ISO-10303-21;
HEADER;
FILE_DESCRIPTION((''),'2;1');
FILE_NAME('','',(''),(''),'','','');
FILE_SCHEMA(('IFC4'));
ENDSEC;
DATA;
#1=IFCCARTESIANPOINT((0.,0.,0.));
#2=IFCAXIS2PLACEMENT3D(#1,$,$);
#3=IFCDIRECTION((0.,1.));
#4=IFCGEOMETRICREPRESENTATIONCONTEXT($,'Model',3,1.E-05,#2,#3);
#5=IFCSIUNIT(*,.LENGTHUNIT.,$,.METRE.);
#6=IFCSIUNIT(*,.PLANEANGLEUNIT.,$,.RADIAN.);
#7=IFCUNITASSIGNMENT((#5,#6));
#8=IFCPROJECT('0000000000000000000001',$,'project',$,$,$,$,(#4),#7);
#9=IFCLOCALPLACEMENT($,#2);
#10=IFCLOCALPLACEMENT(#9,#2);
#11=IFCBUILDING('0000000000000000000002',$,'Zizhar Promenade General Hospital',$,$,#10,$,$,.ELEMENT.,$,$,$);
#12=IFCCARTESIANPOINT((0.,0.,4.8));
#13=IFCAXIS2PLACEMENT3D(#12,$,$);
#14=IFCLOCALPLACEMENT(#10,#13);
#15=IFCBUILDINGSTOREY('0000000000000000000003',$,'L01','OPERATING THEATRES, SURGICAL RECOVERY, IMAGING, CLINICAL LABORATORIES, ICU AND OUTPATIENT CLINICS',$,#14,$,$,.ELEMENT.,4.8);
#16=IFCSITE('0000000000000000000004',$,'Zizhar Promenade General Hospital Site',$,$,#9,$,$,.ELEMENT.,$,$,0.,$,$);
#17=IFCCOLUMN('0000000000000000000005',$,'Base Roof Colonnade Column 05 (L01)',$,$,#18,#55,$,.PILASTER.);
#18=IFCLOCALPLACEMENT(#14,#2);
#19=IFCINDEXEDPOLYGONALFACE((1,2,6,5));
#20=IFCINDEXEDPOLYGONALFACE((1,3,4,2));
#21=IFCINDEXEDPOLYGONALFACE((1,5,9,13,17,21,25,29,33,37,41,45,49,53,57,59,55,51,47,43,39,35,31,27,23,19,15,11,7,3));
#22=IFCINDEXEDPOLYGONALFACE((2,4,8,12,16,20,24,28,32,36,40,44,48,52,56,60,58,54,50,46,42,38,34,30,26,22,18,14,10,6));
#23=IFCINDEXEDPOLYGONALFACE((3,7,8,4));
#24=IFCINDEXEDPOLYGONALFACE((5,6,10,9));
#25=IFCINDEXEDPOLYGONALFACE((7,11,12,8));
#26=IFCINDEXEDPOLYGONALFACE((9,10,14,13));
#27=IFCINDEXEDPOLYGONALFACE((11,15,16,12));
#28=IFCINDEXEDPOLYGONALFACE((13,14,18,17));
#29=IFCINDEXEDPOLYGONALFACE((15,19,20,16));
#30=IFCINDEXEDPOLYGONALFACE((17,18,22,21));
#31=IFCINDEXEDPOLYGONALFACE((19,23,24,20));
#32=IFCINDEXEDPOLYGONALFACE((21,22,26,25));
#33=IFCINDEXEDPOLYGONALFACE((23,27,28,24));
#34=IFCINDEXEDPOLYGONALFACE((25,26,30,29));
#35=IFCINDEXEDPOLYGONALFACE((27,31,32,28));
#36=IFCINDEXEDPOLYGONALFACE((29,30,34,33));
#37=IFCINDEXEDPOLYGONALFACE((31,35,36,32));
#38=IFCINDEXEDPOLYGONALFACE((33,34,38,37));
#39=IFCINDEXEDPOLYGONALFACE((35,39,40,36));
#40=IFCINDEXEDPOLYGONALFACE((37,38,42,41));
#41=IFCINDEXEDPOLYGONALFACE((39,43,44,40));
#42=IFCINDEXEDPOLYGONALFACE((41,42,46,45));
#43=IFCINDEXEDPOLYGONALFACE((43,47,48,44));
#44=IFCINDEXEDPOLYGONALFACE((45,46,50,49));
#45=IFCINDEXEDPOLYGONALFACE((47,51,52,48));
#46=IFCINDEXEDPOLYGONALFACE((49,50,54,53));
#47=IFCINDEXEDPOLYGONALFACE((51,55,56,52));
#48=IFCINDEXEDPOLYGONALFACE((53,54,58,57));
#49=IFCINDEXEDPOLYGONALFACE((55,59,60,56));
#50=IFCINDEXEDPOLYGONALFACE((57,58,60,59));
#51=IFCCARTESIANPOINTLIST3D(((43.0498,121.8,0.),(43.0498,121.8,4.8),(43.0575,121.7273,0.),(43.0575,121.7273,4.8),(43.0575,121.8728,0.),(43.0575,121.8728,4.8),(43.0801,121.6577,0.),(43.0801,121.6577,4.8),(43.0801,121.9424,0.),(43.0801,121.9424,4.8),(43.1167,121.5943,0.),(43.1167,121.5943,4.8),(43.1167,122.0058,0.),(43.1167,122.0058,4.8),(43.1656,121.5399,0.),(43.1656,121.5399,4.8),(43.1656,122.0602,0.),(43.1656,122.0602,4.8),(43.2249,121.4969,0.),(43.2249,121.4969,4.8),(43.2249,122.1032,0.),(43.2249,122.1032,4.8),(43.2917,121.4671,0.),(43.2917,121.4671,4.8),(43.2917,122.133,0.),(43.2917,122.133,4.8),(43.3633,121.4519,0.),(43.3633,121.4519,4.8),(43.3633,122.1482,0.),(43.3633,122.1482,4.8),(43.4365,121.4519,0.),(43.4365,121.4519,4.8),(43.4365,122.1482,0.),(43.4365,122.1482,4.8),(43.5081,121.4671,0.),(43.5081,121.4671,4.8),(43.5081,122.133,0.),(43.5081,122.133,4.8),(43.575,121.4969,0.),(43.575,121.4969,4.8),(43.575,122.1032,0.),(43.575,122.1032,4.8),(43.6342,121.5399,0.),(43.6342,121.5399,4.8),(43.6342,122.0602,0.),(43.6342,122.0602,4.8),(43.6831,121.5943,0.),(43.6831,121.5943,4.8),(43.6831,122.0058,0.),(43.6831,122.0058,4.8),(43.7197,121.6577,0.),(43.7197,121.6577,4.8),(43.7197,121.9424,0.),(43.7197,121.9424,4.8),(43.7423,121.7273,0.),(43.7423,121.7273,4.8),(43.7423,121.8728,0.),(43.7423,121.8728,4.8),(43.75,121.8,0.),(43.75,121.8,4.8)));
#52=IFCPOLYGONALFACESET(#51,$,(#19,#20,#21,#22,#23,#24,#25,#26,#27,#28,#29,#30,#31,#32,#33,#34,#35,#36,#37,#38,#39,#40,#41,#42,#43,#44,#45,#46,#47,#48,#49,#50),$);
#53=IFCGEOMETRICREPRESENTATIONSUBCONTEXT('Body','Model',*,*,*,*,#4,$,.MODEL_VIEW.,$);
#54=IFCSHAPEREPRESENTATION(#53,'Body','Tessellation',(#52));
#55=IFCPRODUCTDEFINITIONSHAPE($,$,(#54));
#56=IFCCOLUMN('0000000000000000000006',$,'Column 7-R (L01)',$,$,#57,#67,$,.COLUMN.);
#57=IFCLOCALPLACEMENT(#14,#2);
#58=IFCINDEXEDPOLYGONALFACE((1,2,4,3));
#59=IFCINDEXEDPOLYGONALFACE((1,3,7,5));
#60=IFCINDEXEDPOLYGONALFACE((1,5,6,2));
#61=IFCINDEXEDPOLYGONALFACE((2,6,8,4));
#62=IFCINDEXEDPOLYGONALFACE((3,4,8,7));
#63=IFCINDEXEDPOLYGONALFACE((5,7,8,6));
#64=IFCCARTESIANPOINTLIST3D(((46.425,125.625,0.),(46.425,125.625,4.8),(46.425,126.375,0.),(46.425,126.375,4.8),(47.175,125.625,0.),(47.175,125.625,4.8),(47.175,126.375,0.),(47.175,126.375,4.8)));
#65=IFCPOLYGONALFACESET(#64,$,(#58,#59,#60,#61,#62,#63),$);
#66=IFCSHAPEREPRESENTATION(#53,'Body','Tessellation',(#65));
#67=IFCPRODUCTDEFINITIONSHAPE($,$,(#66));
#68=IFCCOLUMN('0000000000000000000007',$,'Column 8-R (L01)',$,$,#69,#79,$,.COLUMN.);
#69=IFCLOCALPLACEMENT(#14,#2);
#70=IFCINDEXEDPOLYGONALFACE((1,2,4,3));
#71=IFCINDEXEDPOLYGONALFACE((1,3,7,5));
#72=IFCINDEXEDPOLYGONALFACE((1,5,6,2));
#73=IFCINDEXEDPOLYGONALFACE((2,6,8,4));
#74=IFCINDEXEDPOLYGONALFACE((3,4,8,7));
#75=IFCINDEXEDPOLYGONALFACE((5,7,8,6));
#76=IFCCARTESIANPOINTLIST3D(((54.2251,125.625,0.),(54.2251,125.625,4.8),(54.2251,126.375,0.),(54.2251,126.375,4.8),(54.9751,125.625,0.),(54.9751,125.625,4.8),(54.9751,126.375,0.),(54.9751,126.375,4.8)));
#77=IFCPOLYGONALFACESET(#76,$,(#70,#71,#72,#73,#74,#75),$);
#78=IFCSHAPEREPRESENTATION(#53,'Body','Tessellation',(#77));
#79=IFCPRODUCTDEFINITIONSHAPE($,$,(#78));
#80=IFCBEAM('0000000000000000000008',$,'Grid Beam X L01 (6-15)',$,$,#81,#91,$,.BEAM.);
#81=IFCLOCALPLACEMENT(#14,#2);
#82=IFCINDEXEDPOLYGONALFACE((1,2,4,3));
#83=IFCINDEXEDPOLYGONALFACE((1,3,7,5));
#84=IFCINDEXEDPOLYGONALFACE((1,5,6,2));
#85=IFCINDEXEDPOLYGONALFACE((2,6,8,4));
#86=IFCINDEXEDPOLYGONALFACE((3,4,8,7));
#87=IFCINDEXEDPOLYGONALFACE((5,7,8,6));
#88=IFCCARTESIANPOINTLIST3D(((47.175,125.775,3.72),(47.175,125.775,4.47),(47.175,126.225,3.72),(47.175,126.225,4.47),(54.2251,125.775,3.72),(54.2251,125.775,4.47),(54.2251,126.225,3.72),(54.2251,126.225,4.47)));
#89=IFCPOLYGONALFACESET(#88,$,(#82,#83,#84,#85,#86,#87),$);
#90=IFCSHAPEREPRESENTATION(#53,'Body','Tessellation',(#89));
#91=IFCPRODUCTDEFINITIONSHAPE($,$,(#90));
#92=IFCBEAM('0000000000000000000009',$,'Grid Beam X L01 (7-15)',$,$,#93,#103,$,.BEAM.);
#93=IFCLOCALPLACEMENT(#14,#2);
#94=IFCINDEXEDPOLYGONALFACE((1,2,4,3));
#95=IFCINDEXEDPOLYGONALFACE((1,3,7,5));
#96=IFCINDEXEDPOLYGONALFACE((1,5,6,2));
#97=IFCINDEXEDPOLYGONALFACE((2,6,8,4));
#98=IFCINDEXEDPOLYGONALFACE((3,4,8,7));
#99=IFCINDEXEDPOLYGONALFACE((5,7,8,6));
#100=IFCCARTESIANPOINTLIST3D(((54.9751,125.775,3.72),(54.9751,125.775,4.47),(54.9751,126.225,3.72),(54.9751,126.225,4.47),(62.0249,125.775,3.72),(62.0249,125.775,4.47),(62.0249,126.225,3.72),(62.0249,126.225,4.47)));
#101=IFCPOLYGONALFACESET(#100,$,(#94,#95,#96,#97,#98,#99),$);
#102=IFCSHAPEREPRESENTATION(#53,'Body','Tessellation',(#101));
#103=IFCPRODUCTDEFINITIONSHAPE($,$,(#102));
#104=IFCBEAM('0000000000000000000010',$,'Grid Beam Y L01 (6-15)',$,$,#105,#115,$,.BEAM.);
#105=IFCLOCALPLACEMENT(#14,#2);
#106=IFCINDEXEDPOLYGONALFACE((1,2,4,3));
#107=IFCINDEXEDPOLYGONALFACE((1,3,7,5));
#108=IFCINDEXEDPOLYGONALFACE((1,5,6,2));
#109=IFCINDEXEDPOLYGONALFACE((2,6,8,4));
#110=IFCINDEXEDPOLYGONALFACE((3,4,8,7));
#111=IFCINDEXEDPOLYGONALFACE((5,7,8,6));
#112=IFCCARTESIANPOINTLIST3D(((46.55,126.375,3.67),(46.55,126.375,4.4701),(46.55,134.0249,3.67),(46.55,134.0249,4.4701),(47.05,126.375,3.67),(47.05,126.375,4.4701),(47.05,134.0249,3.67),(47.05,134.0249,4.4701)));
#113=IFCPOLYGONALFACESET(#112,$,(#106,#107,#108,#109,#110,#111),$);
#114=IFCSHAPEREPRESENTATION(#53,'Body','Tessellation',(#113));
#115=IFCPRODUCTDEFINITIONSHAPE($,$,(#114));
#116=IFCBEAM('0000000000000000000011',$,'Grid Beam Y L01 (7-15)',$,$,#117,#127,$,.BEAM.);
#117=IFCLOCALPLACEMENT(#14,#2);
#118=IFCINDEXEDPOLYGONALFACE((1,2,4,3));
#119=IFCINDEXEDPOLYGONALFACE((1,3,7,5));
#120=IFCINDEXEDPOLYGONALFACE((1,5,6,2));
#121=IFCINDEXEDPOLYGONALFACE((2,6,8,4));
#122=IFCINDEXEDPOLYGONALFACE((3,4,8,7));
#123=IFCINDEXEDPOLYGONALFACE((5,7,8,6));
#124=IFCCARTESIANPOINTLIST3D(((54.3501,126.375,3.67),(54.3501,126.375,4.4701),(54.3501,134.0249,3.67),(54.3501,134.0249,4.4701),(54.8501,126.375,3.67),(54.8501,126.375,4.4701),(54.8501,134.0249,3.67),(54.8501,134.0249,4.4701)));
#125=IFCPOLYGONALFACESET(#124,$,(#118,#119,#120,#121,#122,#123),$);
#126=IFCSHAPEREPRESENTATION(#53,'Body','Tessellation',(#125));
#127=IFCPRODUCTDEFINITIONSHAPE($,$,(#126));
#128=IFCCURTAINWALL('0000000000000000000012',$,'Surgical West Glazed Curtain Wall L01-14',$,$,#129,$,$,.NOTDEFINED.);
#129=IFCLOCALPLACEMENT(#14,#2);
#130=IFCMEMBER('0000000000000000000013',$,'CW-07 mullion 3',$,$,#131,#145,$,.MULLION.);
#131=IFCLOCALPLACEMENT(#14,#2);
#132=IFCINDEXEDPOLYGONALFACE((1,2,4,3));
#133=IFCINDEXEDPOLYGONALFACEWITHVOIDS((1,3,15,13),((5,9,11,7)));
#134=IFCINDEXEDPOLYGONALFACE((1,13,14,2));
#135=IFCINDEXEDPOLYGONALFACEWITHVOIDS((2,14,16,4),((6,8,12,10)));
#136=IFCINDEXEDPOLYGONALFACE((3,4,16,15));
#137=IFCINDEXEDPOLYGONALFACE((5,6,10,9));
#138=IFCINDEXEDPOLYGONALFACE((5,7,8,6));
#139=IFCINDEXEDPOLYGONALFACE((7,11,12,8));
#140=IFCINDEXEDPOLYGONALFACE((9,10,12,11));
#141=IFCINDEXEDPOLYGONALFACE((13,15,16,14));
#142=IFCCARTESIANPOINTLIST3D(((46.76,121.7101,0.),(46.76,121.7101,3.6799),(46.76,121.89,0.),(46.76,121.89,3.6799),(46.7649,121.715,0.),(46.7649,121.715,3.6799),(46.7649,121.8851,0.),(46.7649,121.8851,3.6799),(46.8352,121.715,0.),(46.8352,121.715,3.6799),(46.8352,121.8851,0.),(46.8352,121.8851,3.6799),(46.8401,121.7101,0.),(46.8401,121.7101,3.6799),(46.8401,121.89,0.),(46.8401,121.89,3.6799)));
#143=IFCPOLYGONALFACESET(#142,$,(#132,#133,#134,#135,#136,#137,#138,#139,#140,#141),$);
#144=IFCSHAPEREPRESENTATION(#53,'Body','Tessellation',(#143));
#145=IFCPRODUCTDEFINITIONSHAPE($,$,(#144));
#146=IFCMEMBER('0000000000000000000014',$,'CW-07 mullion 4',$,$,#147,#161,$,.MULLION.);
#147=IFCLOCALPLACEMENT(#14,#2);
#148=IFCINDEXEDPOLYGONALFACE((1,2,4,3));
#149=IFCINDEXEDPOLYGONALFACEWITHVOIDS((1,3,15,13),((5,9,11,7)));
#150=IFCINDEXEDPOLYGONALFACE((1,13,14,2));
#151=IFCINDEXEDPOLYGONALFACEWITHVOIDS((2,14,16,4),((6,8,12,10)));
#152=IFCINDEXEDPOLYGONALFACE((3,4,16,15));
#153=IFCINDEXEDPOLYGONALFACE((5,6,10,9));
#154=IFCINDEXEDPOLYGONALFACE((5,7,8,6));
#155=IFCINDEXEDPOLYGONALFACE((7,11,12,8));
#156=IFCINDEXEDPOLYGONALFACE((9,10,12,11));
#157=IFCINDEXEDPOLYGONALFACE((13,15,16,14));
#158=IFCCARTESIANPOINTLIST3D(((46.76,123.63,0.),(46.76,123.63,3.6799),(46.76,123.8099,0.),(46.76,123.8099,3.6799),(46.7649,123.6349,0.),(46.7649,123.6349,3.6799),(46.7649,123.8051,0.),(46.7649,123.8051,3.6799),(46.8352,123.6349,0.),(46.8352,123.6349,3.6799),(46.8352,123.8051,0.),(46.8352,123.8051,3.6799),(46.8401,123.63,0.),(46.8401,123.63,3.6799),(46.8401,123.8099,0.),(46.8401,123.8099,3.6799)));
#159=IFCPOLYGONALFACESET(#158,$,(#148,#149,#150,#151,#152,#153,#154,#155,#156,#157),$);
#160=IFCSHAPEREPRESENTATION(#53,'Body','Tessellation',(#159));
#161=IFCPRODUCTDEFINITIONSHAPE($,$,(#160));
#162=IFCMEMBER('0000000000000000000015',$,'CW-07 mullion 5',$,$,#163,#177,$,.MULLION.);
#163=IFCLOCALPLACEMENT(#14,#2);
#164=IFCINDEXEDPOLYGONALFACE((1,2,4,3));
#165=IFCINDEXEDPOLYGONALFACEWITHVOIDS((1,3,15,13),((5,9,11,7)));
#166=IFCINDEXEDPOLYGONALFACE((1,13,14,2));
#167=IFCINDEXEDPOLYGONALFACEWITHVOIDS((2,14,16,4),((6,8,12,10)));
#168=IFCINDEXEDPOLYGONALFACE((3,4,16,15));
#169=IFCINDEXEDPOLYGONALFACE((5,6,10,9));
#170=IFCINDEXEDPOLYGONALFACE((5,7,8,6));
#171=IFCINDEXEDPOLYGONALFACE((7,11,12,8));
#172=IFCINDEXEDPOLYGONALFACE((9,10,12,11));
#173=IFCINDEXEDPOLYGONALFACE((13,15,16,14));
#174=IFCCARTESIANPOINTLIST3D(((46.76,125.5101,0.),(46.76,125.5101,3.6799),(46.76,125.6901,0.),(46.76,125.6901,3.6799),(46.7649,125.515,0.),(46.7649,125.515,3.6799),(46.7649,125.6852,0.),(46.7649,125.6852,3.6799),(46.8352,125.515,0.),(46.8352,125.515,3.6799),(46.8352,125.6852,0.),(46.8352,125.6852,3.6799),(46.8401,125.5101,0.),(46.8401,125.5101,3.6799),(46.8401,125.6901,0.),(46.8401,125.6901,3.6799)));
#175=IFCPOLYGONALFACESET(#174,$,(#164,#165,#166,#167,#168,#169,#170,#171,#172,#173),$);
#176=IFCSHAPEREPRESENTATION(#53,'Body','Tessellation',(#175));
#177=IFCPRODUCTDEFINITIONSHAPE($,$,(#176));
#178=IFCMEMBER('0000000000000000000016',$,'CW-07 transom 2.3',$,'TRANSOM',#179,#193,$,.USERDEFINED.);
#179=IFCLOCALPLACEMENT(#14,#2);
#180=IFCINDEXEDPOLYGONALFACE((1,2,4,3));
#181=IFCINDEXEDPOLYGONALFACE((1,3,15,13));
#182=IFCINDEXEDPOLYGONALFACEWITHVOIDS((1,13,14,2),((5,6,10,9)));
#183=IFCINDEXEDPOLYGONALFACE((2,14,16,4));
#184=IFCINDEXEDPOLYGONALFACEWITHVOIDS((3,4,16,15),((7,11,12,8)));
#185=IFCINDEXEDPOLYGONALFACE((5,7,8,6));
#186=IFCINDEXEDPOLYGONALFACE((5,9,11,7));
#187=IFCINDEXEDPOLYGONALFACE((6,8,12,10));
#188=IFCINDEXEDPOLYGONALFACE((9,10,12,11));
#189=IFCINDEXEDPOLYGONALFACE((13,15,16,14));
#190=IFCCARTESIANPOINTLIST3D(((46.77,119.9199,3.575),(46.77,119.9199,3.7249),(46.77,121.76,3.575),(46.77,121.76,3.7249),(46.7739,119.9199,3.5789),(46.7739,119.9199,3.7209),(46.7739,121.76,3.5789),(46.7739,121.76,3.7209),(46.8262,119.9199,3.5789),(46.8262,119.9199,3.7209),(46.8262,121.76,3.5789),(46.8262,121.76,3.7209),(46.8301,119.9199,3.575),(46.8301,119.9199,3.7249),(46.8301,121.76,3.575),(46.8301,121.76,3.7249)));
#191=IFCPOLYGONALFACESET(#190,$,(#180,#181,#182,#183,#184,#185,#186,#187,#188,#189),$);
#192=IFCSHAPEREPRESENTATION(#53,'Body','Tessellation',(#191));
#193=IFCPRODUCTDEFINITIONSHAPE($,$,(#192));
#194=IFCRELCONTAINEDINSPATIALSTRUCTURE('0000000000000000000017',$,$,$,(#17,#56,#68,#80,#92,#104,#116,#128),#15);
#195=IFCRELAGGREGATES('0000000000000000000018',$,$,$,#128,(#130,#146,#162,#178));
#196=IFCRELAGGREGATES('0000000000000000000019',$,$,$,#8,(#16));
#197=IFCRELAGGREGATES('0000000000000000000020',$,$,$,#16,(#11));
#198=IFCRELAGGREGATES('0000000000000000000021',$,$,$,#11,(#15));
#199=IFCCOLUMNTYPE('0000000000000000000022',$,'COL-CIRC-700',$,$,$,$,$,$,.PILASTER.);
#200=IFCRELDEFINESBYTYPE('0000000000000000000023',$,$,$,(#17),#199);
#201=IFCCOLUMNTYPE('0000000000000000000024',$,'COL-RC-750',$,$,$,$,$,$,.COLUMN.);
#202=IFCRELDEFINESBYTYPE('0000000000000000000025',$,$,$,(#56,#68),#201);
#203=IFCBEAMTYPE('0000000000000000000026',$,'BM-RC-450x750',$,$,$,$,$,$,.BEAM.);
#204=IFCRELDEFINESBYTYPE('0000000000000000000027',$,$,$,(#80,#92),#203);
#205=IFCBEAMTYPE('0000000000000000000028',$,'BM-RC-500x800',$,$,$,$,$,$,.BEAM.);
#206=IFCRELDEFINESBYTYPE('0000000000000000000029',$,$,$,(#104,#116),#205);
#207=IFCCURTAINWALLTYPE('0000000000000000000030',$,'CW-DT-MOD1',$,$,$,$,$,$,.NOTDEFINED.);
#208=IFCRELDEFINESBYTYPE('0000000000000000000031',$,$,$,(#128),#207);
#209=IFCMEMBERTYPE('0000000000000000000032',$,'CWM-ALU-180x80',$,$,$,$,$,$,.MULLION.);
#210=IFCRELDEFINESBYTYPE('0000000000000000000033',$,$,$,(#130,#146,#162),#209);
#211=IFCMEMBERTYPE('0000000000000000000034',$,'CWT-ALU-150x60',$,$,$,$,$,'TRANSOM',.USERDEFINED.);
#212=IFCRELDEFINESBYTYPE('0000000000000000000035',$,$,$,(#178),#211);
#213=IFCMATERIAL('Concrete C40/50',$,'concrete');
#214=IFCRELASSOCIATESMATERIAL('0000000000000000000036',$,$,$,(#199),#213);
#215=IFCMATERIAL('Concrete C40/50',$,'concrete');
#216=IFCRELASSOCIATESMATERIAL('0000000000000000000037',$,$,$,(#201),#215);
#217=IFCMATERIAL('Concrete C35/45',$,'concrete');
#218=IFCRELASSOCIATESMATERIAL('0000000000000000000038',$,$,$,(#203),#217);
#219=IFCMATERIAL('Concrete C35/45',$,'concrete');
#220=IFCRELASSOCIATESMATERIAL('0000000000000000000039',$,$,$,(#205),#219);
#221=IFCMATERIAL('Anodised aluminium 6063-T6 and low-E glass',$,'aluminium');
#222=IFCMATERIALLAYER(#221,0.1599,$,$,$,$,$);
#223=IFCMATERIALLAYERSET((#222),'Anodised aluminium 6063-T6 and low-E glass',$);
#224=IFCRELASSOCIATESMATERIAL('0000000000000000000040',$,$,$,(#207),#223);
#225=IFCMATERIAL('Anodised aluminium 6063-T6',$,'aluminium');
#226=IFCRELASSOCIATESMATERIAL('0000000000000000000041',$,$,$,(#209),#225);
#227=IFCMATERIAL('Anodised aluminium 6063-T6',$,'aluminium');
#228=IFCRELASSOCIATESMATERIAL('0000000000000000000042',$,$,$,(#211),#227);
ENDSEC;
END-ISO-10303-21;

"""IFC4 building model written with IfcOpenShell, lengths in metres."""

from ifc_helpers import new_model, si_unit, direction, frame, origin, origin_2d, place, context, subcontext, project, spatial, rectangle, hollow_rectangle, circle, extrude, material, layer, layer_set, material_profile, profile_set, type_object, element, aggregate, save


model = new_model("IFC4")

# Units and contexts
model_context = context("Model", 3, precision=1e-05, world=origin(), true_north=direction((0.0, 1.0)))
body_context = subcontext(model_context, "Body", "Model", "MODEL_VIEW")
ifc_project = project(units=[si_unit("LENGTHUNIT", "METRE"), si_unit("PLANEANGLEUNIT", "RADIAN")], contexts=[model_context])

# Site, building, storey
site_placement = place(None, origin())
site = spatial("IfcSite", under=ifc_project, at=site_placement, Name="Zizhar Promenade General Hospital Site", CompositionType="ELEMENT", RefElevation=0.0)
building_placement = place(site_placement, origin())
building = spatial("IfcBuilding", under=site, at=building_placement, Name="Zizhar Promenade General Hospital", CompositionType="ELEMENT")
storey_placement = place(building_placement, frame((0.0, 0.0, 4.8)))
storey = spatial("IfcBuildingStorey", under=building, at=storey_placement, Name="L01", Description="OPERATING THEATRES, SURGICAL RECOVERY, IMAGING, CLINICAL LABORATORIES, ICU AND OUTPATIENT CLINICS", CompositionType="ELEMENT", Elevation=4.8)

# Columns
ifc_material_1 = material(Name="Concrete C40/50", Category="concrete")
ifc_material_profile_1 = material_profile(ifc_material_1, circle(Radius=0.3501, at=origin_2d()))
ifc_profile_set_1 = profile_set([ifc_material_profile_1], Name="Concrete C40/50")
column_type_1 = type_object("IfcColumnType", Name="COL-CIRC-700", PredefinedType="PILASTER", material=ifc_profile_set_1)
column_placement = place(storey_placement, frame((43.3999, 121.8, 0.0), z_axis=(0.0, 0.0, 1.0), x_axis=(1.0, 0.0, 0.0)))
element("IfcColumn", 1, at=column_placement, inside=storey, type_object=column_type_1, Name="Base Roof Colonnade Column 05 (L01)", PredefinedType="PILASTER", context=body_context, shape_type="SweptSolid", body=[
    extrude(circle(Radius=0.3501, at=origin_2d()), origin(), (0.0, 0.0, 1.0), 4.8),
])
ifc_material_2 = material(Name="Concrete C40/50", Category="concrete")
ifc_material_profile_2 = material_profile(ifc_material_2, rectangle(XDim=0.75, YDim=0.75, at=origin_2d()))
ifc_profile_set_2 = profile_set([ifc_material_profile_2], Name="Concrete C40/50")
column_type_2 = type_object("IfcColumnType", Name="COL-RC-750", PredefinedType="COLUMN", material=ifc_profile_set_2)
for number, where, z_axis, x_axis, name in (
    (2, (46.8, 126.0, 0.0), (0.0, 0.0, 1.0), (1.0, 0.0, 0.0), "Column 7-R (L01)"),
    (3, (54.6001, 126.0, 0.0), (0.0, 0.0, 1.0), (1.0, 0.0, 0.0), "Column 8-R (L01)"),
):
    element("IfcColumn", number, at=place(storey_placement, frame(where, z_axis=z_axis, x_axis=x_axis)), inside=storey, type_object=column_type_2, Name=name, PredefinedType="COLUMN", context=body_context, shape_type="SweptSolid", body=[
        extrude(rectangle(XDim=0.75, YDim=0.75, at=origin_2d()), origin(), (0.0, 0.0, 1.0), 4.8),
    ])

# Beams
ifc_material_3 = material(Name="Concrete C35/45", Category="concrete")
ifc_material_profile_3 = material_profile(ifc_material_3, rectangle(XDim=0.45, YDim=0.75, at=origin_2d()))
ifc_profile_set_3 = profile_set([ifc_material_profile_3], Name="Concrete C35/45")
beam_type_1 = type_object("IfcBeamType", Name="BM-RC-450x750", PredefinedType="BEAM", material=ifc_profile_set_3)
beam_1_placement = place(storey_placement, frame((47.175, 126.0, 4.095), z_axis=(1.0, 0.0, 0.0), x_axis=(0.0, 1.0, 0.0)))
element("IfcBeam", 4, at=beam_1_placement, inside=storey, type_object=beam_type_1, Name="Grid Beam X L01 (6-15)", PredefinedType="BEAM", context=body_context, shape_type="SweptSolid", body=[
    extrude(rectangle(XDim=0.45, YDim=0.75, at=origin_2d()), origin(), (0.0, 0.0, 1.0), 7.05),
])
beam_2_placement = place(storey_placement, frame((54.9751, 126.0, 4.095), z_axis=(1.0, 0.0, 0.0), x_axis=(0.0, 1.0, 0.0)))
element("IfcBeam", 5, at=beam_2_placement, inside=storey, type_object=beam_type_1, Name="Grid Beam X L01 (7-15)", PredefinedType="BEAM", context=body_context, shape_type="SweptSolid", body=[
    extrude(rectangle(XDim=0.45, YDim=0.75, at=origin_2d()), origin(), (0.0, 0.0, 1.0), 7.0498),
])
ifc_material_4 = material(Name="Concrete C35/45", Category="concrete")
ifc_material_profile_4 = material_profile(ifc_material_4, rectangle(XDim=0.5, YDim=0.8, at=origin_2d()))
ifc_profile_set_4 = profile_set([ifc_material_profile_4], Name="Concrete C35/45")
beam_type_2 = type_object("IfcBeamType", Name="BM-RC-500x800", PredefinedType="BEAM", material=ifc_profile_set_4)
for number, where, z_axis, x_axis, name in (
    (6, (46.8, 126.375, 4.0701), (0.0, 1.0, 0.0), (-1.0, 0.0, 0.0), "Grid Beam Y L01 (6-15)"),
    (7, (54.6001, 126.375, 4.0701), (0.0, 1.0, 0.0), (-1.0, 0.0, 0.0), "Grid Beam Y L01 (7-15)"),
):
    element("IfcBeam", number, at=place(storey_placement, frame(where, z_axis=z_axis, x_axis=x_axis)), inside=storey, type_object=beam_type_2, Name=name, PredefinedType="BEAM", context=body_context, shape_type="SweptSolid", body=[
        extrude(rectangle(XDim=0.5, YDim=0.8, at=origin_2d()), origin(), (0.0, 0.0, 1.0), 7.6499),
    ])

# Curtain wall, members
ifc_material_5 = material(Name="Anodised aluminium 6063-T6 and low-E glass", Category="aluminium")
ifc_layer_1 = layer(ifc_material_5, 0.1599)
ifc_layer_set_1 = layer_set([ifc_layer_1], Name="Anodised aluminium 6063-T6 and low-E glass")
curtain_wall_type = type_object("IfcCurtainWallType", Name="CW-DT-MOD1", PredefinedType="NOTDEFINED", material=ifc_layer_set_1)
curtain_wall_placement = place(storey_placement, origin())
curtain_wall = element("IfcCurtainWall", 8, at=curtain_wall_placement, inside=storey, type_object=curtain_wall_type, Name="Surgical West Glazed Curtain Wall L01-14", PredefinedType="NOTDEFINED")
ifc_material_6 = material(Name="Anodised aluminium 6063-T6", Category="aluminium")
ifc_material_profile_5 = material_profile(ifc_material_6, hollow_rectangle(XDim=0.0801, YDim=0.1799, WallThickness=0.0049, at=origin_2d()))
ifc_profile_set_5 = profile_set([ifc_material_profile_5], Name="Anodised aluminium 6063-T6")
member_type_1 = type_object("IfcMemberType", Name="CWM-ALU-180x80", PredefinedType="MULLION", material=ifc_profile_set_5)
member_1_placement = place(storey_placement, frame((46.8, 121.8, 0.0), z_axis=(0.0, 0.0, 1.0), x_axis=(-1.0, 0.0, 0.0)))
member_1 = element("IfcMember", 9, at=member_1_placement, type_object=member_type_1, Name="CW-07 mullion 3", PredefinedType="MULLION", context=body_context, shape_type="SweptSolid", body=[
    extrude(hollow_rectangle(XDim=0.0801, YDim=0.1799, WallThickness=0.0049, at=origin_2d()), origin(), (0.0, 0.0, 1.0), 3.6799),
])
member_2_placement = place(storey_placement, frame((46.8, 123.72, 0.0), z_axis=(0.0, 0.0, 1.0), x_axis=(-1.0, 0.0, 0.0)))
member_2 = element("IfcMember", 10, at=member_2_placement, type_object=member_type_1, Name="CW-07 mullion 4", PredefinedType="MULLION", context=body_context, shape_type="SweptSolid", body=[
    extrude(hollow_rectangle(XDim=0.0801, YDim=0.1799, WallThickness=0.0049, at=origin_2d()), origin(), (0.0, 0.0, 1.0), 3.6799),
])
member_3_placement = place(storey_placement, frame((46.8, 125.6001, 0.0), z_axis=(0.0, 0.0, 1.0), x_axis=(-1.0, 0.0, 0.0)))
member_3 = element("IfcMember", 11, at=member_3_placement, type_object=member_type_1, Name="CW-07 mullion 5", PredefinedType="MULLION", context=body_context, shape_type="SweptSolid", body=[
    extrude(hollow_rectangle(XDim=0.0801, YDim=0.1799, WallThickness=0.0049, at=origin_2d()), origin(), (0.0, 0.0, 1.0), 3.6799),
])
ifc_material_7 = material(Name="Anodised aluminium 6063-T6", Category="aluminium")
ifc_material_profile_6 = material_profile(ifc_material_7, hollow_rectangle(XDim=0.0601, YDim=0.1499, WallThickness=0.0039, at=origin_2d()))
ifc_profile_set_6 = profile_set([ifc_material_profile_6], Name="Anodised aluminium 6063-T6")
member_type_2 = type_object("IfcMemberType", Name="CWT-ALU-150x60", ElementType="TRANSOM", PredefinedType="USERDEFINED", material=ifc_profile_set_6)
member_4_placement = place(storey_placement, frame((46.8, 119.9199, 3.6499), z_axis=(0.0, 1.0, 0.0), x_axis=(-1.0, 0.0, 0.0)))
member_4 = element("IfcMember", 12, at=member_4_placement, type_object=member_type_2, Name="CW-07 transom 2.3", ObjectType="TRANSOM", PredefinedType="USERDEFINED", context=body_context, shape_type="SweptSolid", body=[
    extrude(hollow_rectangle(XDim=0.0601, YDim=0.1499, WallThickness=0.0039, at=origin_2d()), origin(), (0.0, 0.0, 1.0), 1.8401),
])
aggregate(curtain_wall, [member_1, member_2, member_3, member_4])

save(model, "model.ifc")
